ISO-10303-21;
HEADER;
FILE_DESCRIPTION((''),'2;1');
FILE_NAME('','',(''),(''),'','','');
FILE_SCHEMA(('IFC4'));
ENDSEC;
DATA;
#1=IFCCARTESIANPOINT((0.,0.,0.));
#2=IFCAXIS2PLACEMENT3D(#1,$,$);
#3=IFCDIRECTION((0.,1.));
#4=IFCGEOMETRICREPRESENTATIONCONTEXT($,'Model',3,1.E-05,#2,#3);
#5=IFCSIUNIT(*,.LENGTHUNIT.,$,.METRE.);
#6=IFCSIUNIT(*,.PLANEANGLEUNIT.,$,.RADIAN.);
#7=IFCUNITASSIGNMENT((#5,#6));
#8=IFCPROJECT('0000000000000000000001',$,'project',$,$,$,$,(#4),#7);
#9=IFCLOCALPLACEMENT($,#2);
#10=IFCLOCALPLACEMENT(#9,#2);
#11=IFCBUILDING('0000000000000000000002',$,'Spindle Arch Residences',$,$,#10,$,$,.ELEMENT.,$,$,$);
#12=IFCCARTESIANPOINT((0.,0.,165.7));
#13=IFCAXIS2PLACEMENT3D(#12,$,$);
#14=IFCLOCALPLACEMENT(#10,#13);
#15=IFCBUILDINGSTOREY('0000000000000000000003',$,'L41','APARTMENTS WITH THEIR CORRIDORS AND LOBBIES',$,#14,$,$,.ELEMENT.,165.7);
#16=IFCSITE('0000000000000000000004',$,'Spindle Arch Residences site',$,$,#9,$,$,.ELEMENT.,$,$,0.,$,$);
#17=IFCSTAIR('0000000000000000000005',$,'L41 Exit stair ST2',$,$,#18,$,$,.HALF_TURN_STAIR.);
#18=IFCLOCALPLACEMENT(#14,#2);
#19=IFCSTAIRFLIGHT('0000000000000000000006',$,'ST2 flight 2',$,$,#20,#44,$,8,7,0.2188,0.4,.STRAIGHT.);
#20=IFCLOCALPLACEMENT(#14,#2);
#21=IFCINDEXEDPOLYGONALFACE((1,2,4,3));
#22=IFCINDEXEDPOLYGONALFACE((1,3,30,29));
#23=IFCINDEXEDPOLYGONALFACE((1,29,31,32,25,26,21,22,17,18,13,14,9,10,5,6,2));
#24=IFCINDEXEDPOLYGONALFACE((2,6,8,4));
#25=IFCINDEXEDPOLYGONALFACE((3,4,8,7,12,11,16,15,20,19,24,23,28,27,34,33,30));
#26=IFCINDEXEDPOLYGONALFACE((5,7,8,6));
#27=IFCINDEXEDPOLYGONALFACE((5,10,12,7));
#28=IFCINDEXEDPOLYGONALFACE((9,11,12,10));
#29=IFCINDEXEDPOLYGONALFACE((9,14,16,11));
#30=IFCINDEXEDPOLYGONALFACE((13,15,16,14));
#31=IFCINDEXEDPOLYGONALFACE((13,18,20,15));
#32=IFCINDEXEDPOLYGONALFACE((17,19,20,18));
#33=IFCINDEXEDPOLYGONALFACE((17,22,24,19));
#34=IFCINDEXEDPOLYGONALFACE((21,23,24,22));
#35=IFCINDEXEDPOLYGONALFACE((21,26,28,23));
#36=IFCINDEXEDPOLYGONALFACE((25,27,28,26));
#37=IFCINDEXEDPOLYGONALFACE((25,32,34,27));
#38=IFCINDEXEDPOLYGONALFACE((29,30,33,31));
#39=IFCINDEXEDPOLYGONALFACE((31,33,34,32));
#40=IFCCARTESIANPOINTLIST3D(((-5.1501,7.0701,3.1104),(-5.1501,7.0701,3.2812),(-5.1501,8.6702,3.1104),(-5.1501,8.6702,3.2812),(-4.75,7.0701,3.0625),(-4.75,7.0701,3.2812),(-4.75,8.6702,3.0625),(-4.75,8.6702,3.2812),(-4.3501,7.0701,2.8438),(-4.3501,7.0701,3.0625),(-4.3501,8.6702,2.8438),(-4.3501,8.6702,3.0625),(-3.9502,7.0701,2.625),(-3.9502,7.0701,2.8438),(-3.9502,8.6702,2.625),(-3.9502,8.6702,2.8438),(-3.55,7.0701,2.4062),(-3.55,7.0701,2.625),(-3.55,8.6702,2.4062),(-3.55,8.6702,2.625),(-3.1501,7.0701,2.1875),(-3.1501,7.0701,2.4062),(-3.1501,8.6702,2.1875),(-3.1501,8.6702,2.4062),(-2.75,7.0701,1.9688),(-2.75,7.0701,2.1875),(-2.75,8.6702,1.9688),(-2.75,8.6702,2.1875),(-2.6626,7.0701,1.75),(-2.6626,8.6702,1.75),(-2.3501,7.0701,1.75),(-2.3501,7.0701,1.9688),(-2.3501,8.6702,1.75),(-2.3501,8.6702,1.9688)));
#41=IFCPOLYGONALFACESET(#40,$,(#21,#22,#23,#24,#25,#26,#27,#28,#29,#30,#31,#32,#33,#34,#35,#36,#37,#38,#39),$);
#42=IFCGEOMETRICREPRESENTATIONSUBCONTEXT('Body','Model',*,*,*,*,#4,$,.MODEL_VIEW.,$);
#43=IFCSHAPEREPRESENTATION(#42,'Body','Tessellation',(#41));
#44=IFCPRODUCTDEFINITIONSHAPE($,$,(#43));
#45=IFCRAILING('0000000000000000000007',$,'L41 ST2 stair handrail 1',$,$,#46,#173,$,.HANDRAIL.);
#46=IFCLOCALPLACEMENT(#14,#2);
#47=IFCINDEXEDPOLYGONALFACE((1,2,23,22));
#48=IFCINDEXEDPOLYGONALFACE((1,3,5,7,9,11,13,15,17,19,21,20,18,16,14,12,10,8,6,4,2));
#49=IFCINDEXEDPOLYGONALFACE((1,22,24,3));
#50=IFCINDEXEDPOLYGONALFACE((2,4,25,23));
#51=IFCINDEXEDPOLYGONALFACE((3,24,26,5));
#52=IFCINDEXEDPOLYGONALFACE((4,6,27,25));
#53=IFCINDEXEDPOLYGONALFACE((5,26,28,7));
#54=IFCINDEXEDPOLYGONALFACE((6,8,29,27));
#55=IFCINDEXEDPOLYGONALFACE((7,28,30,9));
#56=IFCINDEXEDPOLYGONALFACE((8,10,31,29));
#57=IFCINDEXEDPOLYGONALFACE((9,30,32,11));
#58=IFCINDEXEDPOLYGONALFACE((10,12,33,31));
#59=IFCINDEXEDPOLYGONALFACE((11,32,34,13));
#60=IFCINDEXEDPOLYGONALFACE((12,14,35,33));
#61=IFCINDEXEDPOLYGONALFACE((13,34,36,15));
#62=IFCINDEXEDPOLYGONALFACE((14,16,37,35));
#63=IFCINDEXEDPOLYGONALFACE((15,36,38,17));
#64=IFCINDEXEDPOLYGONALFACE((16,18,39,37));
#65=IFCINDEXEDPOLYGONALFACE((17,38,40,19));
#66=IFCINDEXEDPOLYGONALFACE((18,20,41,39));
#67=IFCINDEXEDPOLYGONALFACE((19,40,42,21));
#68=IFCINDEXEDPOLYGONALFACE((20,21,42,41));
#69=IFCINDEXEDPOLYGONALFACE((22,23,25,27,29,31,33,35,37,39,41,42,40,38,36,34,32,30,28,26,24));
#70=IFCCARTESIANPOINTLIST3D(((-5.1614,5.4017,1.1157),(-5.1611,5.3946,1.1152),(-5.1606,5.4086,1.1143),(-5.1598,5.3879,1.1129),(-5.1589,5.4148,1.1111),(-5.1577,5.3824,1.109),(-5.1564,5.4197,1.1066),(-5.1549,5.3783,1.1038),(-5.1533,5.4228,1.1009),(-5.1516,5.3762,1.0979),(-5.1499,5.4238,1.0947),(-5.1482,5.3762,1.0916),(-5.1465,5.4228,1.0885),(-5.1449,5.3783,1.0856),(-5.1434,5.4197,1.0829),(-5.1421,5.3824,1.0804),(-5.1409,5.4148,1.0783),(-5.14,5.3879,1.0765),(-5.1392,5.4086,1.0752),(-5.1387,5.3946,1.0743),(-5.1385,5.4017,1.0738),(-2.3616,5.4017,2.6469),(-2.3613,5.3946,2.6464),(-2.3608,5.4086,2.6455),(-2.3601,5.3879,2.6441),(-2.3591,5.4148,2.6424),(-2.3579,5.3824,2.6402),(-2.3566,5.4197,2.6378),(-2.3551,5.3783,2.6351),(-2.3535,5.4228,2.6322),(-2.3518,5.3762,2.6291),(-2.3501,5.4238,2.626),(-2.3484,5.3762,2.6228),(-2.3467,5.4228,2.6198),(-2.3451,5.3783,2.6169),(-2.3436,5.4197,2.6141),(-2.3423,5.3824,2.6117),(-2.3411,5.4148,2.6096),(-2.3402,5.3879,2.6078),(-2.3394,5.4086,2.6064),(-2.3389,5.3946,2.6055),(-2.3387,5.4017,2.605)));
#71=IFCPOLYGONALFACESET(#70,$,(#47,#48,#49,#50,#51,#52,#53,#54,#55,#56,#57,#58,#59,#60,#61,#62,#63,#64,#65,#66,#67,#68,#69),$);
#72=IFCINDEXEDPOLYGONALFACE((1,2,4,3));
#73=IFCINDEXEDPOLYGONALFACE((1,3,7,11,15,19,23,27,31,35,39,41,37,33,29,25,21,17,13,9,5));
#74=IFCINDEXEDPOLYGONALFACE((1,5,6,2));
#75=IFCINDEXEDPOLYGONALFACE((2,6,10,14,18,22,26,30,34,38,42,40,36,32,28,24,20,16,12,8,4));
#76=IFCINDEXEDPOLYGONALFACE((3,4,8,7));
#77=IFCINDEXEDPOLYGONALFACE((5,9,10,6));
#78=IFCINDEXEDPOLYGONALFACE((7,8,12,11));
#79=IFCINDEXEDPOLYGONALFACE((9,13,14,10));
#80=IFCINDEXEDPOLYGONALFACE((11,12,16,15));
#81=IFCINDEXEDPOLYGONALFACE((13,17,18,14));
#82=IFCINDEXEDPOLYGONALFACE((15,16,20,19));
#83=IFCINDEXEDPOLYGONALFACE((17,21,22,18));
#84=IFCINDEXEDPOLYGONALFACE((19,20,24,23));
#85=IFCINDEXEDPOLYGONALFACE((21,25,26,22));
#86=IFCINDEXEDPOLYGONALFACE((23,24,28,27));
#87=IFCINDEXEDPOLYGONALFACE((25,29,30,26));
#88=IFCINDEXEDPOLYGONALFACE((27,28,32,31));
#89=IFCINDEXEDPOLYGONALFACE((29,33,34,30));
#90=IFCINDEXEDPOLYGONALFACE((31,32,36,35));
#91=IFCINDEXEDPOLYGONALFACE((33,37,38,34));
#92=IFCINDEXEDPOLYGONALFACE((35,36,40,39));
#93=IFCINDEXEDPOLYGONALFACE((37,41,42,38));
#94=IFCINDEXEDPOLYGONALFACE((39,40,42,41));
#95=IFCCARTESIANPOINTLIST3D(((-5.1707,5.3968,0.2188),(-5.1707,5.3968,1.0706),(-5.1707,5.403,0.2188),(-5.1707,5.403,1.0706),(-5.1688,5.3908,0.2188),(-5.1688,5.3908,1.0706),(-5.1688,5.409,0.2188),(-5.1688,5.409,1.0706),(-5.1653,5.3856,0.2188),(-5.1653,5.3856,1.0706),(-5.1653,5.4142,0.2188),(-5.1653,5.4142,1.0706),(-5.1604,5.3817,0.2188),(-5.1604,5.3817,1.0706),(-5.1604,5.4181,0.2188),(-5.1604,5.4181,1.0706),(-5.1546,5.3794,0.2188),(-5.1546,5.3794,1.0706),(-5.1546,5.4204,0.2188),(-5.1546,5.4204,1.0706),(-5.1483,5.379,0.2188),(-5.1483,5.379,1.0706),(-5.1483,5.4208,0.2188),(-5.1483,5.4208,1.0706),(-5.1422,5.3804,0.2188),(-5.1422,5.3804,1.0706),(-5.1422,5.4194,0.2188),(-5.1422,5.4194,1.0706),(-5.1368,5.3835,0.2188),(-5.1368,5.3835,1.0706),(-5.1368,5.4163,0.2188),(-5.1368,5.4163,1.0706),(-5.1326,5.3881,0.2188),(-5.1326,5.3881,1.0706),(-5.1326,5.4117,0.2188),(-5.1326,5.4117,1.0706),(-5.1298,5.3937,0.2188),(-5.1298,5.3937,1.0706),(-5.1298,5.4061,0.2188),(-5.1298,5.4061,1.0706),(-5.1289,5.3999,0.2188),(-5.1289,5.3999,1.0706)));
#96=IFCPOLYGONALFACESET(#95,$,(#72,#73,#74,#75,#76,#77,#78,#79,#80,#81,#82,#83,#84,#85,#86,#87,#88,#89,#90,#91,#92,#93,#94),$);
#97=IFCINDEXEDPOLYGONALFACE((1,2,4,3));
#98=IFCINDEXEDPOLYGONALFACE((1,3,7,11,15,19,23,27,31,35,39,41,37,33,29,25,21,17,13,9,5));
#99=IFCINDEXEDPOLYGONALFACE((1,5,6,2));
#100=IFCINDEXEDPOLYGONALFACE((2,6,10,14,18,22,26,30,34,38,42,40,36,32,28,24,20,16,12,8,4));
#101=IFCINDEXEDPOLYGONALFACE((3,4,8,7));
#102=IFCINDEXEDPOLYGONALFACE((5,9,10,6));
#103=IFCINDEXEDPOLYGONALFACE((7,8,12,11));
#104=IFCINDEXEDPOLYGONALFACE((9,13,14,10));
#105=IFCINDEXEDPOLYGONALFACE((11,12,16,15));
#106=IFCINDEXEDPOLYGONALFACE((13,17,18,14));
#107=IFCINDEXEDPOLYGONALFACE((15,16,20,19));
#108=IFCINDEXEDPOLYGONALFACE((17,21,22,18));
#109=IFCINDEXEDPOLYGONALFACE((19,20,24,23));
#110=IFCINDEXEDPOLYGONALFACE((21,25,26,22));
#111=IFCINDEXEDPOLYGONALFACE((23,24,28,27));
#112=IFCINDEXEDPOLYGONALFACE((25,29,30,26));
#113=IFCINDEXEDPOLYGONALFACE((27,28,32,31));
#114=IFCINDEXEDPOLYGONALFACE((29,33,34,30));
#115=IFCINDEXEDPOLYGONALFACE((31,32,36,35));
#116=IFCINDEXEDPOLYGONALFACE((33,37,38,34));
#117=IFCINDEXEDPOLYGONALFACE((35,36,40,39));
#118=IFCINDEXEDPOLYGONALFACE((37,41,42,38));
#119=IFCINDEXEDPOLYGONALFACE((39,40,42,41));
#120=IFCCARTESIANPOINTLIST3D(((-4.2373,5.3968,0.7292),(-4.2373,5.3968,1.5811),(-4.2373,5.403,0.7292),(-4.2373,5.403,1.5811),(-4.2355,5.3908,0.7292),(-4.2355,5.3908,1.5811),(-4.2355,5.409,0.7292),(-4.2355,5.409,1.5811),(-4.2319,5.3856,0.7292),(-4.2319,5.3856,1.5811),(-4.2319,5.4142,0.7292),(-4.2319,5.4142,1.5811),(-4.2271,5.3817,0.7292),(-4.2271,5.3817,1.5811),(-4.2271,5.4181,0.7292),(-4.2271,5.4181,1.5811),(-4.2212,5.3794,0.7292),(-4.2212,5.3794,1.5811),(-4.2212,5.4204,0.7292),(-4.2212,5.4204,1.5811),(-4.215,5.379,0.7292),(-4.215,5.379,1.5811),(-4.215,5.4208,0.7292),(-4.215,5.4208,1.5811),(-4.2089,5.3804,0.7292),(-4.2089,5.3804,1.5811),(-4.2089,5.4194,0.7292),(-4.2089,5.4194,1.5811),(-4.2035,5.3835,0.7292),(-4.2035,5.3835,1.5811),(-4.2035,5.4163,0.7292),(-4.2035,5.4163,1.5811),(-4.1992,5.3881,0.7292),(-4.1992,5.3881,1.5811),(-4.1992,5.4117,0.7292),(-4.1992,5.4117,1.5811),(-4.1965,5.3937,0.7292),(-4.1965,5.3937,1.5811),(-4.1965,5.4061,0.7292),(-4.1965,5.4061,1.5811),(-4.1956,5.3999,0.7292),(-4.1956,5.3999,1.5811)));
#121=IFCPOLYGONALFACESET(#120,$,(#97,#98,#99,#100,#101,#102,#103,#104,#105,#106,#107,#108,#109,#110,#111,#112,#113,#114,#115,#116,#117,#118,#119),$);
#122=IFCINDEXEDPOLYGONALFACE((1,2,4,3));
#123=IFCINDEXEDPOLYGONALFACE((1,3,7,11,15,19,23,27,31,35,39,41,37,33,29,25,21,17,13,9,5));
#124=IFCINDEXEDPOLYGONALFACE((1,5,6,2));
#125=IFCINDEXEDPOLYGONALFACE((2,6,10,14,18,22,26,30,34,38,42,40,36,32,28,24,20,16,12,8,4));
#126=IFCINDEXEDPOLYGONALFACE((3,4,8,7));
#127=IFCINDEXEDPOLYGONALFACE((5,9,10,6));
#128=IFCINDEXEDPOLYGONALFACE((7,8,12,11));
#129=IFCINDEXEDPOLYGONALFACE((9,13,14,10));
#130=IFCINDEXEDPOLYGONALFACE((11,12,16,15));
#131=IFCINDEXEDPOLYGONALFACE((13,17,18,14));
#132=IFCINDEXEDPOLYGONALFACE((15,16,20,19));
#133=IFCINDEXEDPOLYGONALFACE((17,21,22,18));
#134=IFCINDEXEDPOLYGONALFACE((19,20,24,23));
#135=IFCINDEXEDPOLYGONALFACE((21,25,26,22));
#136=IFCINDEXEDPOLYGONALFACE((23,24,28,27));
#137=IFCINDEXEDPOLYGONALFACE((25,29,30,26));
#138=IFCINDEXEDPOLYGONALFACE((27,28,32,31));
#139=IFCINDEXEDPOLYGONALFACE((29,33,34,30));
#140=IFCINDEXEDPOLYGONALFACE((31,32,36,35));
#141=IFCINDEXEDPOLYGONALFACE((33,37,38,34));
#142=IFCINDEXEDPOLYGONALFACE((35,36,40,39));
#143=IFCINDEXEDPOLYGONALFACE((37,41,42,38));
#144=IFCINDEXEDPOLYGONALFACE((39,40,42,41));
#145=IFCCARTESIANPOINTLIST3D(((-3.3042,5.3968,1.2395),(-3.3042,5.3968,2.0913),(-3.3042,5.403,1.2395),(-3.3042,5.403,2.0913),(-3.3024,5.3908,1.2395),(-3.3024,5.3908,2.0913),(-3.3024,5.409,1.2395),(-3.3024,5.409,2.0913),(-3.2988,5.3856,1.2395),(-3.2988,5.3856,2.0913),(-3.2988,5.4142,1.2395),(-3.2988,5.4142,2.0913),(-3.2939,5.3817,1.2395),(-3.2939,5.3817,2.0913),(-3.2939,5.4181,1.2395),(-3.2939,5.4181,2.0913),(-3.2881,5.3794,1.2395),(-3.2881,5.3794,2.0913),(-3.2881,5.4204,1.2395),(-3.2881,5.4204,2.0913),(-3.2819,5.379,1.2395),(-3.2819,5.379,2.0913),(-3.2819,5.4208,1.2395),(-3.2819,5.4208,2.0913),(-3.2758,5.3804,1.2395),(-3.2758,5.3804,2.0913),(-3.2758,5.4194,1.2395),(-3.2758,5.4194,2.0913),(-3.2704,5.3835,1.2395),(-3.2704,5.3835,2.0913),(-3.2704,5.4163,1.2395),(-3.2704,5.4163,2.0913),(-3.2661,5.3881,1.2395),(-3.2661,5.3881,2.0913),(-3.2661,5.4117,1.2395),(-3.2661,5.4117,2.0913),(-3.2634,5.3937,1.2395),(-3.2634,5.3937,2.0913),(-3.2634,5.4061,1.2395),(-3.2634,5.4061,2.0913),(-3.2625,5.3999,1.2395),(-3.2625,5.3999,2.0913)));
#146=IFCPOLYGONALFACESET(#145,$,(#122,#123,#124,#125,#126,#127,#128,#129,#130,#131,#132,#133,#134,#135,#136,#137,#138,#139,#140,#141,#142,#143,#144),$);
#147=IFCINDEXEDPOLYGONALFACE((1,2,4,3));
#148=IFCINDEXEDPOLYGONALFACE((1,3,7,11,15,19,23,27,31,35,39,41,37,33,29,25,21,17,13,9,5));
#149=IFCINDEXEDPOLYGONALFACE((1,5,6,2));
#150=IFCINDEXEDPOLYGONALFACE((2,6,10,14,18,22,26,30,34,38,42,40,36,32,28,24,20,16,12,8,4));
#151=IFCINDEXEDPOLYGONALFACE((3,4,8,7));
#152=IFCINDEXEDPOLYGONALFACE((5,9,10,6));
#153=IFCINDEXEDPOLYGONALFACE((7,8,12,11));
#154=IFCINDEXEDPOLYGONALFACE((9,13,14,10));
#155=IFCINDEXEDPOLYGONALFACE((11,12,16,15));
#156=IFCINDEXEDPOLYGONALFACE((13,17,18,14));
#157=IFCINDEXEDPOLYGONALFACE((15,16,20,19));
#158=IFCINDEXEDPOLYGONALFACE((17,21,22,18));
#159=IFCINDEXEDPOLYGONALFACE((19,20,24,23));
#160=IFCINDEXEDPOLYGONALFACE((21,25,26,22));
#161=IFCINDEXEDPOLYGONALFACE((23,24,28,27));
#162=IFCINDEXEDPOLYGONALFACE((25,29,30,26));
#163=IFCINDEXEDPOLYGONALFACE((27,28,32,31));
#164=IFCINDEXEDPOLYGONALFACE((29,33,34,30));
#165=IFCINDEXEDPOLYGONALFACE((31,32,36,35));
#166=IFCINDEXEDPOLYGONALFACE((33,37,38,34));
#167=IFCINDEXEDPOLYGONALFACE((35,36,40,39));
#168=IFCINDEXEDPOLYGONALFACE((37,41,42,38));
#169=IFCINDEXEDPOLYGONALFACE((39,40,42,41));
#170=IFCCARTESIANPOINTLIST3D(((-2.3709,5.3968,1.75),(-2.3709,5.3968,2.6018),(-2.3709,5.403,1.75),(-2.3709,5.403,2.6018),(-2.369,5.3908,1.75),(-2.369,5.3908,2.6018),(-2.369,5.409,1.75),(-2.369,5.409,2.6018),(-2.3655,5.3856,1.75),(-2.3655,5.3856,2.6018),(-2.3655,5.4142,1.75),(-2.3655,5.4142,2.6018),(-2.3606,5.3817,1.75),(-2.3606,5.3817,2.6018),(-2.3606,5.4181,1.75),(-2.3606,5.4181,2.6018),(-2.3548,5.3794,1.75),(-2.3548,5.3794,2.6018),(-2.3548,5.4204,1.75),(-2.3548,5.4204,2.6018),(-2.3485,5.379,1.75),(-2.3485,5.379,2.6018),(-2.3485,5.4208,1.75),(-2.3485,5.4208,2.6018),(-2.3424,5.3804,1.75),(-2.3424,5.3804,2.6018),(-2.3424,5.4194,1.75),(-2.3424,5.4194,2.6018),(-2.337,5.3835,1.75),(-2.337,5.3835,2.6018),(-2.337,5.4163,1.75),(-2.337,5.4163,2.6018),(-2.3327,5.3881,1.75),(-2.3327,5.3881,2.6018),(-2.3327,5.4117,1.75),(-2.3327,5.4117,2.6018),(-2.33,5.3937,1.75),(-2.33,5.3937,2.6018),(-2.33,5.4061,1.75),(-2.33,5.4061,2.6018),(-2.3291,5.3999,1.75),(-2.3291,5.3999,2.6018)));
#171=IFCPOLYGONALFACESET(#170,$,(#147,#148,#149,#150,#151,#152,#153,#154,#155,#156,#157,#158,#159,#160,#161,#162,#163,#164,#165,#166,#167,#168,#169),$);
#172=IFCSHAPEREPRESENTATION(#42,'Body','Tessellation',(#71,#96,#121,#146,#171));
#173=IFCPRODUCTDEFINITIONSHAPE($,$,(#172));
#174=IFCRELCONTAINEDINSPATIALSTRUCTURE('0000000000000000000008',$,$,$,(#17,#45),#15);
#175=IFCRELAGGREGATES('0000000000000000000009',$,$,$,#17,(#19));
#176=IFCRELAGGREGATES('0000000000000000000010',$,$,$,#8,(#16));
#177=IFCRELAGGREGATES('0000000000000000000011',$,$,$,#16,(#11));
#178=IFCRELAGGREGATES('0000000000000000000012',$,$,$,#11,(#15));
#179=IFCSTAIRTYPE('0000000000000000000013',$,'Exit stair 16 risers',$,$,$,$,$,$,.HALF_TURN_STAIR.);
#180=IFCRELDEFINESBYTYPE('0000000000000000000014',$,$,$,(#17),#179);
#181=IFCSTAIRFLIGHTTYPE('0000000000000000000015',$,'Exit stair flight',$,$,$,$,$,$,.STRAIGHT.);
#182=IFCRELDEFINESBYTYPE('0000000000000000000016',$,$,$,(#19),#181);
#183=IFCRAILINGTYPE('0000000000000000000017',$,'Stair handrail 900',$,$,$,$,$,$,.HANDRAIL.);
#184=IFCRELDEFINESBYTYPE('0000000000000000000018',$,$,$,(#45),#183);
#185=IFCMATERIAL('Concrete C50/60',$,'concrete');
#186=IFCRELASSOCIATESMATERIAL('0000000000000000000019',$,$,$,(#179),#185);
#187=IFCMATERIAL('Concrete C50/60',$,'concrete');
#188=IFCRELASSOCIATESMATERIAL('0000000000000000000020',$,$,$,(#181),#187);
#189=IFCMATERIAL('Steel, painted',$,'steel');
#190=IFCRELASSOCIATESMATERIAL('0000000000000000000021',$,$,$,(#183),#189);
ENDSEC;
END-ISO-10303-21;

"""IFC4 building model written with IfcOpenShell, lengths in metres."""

from ifc_helpers import new_model, si_unit, direction, frame, origin, origin_2d, place, context, subcontext, project, spatial, polyline, circle, outline, extrude, material, type_object, element, aggregate, save


model = new_model("IFC4")

# Units and contexts
model_context = context("Model", 3, precision=1e-05, world=origin(), true_north=direction((0.0, 1.0)))
body_context = subcontext(model_context, "Body", "Model", "MODEL_VIEW")
ifc_project = project(units=[si_unit("LENGTHUNIT", "METRE"), si_unit("PLANEANGLEUNIT", "RADIAN")], contexts=[model_context])

# Site, building, storey
site_placement = place(None, origin())
site = spatial("IfcSite", under=ifc_project, at=site_placement, Name="Spindle Arch Residences site", CompositionType="ELEMENT", RefElevation=0.0)
building_placement = place(site_placement, origin())
building = spatial("IfcBuilding", under=site, at=building_placement, Name="Spindle Arch Residences", CompositionType="ELEMENT")
storey_placement = place(building_placement, frame((0.0, 0.0, 165.7)))
storey = spatial("IfcBuildingStorey", under=building, at=storey_placement, Name="L41", Description="APARTMENTS WITH THEIR CORRIDORS AND LOBBIES", CompositionType="ELEMENT", Elevation=165.7)

# Stair, stair flight
ifc_material_1 = material(Name="Concrete C50/60", Category="concrete")
stair_type = type_object("IfcStairType", Name="Exit stair 16 risers", PredefinedType="HALF_TURN_STAIR", material=ifc_material_1)
stair_placement = place(storey_placement, origin())
stair = element("IfcStair", 1, at=stair_placement, inside=storey, type_object=stair_type, Name="L41 Exit stair ST2", PredefinedType="HALF_TURN_STAIR")
ifc_material_2 = material(Name="Concrete C50/60", Category="concrete")
stair_flight_type = type_object("IfcStairFlightType", Name="Exit stair flight", PredefinedType="STRAIGHT", material=ifc_material_2)
stair_flight_1_placement = place(storey_placement, frame((-2.3501, 7.8701, 1.75), z_axis=(0.0, 0.0, 1.0), x_axis=(-1.0, 0.0, 0.0)))
stair_flight_1 = element("IfcStairFlight", 2, at=stair_flight_1_placement, type_object=stair_flight_type, Name="ST2 flight 2", NumberOfRisers=8, NumberOfTreads=7, PredefinedType="STRAIGHT", RiserHeight=0.2188, TreadLength=0.4, context=body_context, shape_type="SweptSolid", body=[
    extrude(outline(polyline([(0.0, 0.0), (0.0, 0.2188), (0.3999, 0.2188), (0.3999, 0.4375), (0.8, 0.4375), (0.8, 0.6562), (1.2, 0.6562), (1.2, 0.875), (1.6001, 0.875), (1.6001, 1.0938), (2.0, 1.0938), (2.0, 1.3125), (2.3999, 1.3125), (2.3999, 1.5312), (2.8, 1.5312), (2.8, 1.75), (2.8, 1.3604), (0.3125, 0.0), (0.0, 0.0)])), frame((0.0, 0.8, 0.0), z_axis=(0.0, -1.0, 0.0), x_axis=(1.0, 0.0, 0.0)), (0.0, 0.0, 1.0), 1.6001),
])
aggregate(stair, [stair_flight_1])

# Railing
ifc_material_3 = material(Name="Steel, painted", Category="steel")
railing_type_1 = type_object("IfcRailingType", Name="Stair handrail 900", PredefinedType="HANDRAIL", material=ifc_material_3)
railing_1_placement = place(storey_placement, frame((-5.1499, 5.3999, 0.2188)))
element("IfcRailing", 3, at=railing_1_placement, inside=storey, type_object=railing_type_1, Name="L41 ST2 stair handrail 1", PredefinedType="HANDRAIL", context=body_context, shape_type="SweptSolid", body=[
    extrude(circle(Radius=0.0239, at=origin_2d()), frame((0.0, 0.0, 0.876), z_axis=(0.877357, 0.0, 0.479838), x_axis=(0.0, 1.0, 0.0)), (0.0, 0.0, 1.0), 3.1912),
    extrude(circle(Radius=0.021, at=origin_2d()), origin(), (0.0, 0.0, 1.0), 0.8518),
    extrude(circle(Radius=0.021, at=origin_2d()), frame((0.9333, 0.0, 0.5105)), (0.0, 0.0, 1.0), 0.8518),
    extrude(circle(Radius=0.021, at=origin_2d()), frame((1.8665, 0.0, 1.0208)), (0.0, 0.0, 1.0), 0.8518),
    extrude(circle(Radius=0.021, at=origin_2d()), frame((2.7998, 0.0, 1.5312)), (0.0, 0.0, 1.0), 0.8518),
])

save(model, "model.ifc")
